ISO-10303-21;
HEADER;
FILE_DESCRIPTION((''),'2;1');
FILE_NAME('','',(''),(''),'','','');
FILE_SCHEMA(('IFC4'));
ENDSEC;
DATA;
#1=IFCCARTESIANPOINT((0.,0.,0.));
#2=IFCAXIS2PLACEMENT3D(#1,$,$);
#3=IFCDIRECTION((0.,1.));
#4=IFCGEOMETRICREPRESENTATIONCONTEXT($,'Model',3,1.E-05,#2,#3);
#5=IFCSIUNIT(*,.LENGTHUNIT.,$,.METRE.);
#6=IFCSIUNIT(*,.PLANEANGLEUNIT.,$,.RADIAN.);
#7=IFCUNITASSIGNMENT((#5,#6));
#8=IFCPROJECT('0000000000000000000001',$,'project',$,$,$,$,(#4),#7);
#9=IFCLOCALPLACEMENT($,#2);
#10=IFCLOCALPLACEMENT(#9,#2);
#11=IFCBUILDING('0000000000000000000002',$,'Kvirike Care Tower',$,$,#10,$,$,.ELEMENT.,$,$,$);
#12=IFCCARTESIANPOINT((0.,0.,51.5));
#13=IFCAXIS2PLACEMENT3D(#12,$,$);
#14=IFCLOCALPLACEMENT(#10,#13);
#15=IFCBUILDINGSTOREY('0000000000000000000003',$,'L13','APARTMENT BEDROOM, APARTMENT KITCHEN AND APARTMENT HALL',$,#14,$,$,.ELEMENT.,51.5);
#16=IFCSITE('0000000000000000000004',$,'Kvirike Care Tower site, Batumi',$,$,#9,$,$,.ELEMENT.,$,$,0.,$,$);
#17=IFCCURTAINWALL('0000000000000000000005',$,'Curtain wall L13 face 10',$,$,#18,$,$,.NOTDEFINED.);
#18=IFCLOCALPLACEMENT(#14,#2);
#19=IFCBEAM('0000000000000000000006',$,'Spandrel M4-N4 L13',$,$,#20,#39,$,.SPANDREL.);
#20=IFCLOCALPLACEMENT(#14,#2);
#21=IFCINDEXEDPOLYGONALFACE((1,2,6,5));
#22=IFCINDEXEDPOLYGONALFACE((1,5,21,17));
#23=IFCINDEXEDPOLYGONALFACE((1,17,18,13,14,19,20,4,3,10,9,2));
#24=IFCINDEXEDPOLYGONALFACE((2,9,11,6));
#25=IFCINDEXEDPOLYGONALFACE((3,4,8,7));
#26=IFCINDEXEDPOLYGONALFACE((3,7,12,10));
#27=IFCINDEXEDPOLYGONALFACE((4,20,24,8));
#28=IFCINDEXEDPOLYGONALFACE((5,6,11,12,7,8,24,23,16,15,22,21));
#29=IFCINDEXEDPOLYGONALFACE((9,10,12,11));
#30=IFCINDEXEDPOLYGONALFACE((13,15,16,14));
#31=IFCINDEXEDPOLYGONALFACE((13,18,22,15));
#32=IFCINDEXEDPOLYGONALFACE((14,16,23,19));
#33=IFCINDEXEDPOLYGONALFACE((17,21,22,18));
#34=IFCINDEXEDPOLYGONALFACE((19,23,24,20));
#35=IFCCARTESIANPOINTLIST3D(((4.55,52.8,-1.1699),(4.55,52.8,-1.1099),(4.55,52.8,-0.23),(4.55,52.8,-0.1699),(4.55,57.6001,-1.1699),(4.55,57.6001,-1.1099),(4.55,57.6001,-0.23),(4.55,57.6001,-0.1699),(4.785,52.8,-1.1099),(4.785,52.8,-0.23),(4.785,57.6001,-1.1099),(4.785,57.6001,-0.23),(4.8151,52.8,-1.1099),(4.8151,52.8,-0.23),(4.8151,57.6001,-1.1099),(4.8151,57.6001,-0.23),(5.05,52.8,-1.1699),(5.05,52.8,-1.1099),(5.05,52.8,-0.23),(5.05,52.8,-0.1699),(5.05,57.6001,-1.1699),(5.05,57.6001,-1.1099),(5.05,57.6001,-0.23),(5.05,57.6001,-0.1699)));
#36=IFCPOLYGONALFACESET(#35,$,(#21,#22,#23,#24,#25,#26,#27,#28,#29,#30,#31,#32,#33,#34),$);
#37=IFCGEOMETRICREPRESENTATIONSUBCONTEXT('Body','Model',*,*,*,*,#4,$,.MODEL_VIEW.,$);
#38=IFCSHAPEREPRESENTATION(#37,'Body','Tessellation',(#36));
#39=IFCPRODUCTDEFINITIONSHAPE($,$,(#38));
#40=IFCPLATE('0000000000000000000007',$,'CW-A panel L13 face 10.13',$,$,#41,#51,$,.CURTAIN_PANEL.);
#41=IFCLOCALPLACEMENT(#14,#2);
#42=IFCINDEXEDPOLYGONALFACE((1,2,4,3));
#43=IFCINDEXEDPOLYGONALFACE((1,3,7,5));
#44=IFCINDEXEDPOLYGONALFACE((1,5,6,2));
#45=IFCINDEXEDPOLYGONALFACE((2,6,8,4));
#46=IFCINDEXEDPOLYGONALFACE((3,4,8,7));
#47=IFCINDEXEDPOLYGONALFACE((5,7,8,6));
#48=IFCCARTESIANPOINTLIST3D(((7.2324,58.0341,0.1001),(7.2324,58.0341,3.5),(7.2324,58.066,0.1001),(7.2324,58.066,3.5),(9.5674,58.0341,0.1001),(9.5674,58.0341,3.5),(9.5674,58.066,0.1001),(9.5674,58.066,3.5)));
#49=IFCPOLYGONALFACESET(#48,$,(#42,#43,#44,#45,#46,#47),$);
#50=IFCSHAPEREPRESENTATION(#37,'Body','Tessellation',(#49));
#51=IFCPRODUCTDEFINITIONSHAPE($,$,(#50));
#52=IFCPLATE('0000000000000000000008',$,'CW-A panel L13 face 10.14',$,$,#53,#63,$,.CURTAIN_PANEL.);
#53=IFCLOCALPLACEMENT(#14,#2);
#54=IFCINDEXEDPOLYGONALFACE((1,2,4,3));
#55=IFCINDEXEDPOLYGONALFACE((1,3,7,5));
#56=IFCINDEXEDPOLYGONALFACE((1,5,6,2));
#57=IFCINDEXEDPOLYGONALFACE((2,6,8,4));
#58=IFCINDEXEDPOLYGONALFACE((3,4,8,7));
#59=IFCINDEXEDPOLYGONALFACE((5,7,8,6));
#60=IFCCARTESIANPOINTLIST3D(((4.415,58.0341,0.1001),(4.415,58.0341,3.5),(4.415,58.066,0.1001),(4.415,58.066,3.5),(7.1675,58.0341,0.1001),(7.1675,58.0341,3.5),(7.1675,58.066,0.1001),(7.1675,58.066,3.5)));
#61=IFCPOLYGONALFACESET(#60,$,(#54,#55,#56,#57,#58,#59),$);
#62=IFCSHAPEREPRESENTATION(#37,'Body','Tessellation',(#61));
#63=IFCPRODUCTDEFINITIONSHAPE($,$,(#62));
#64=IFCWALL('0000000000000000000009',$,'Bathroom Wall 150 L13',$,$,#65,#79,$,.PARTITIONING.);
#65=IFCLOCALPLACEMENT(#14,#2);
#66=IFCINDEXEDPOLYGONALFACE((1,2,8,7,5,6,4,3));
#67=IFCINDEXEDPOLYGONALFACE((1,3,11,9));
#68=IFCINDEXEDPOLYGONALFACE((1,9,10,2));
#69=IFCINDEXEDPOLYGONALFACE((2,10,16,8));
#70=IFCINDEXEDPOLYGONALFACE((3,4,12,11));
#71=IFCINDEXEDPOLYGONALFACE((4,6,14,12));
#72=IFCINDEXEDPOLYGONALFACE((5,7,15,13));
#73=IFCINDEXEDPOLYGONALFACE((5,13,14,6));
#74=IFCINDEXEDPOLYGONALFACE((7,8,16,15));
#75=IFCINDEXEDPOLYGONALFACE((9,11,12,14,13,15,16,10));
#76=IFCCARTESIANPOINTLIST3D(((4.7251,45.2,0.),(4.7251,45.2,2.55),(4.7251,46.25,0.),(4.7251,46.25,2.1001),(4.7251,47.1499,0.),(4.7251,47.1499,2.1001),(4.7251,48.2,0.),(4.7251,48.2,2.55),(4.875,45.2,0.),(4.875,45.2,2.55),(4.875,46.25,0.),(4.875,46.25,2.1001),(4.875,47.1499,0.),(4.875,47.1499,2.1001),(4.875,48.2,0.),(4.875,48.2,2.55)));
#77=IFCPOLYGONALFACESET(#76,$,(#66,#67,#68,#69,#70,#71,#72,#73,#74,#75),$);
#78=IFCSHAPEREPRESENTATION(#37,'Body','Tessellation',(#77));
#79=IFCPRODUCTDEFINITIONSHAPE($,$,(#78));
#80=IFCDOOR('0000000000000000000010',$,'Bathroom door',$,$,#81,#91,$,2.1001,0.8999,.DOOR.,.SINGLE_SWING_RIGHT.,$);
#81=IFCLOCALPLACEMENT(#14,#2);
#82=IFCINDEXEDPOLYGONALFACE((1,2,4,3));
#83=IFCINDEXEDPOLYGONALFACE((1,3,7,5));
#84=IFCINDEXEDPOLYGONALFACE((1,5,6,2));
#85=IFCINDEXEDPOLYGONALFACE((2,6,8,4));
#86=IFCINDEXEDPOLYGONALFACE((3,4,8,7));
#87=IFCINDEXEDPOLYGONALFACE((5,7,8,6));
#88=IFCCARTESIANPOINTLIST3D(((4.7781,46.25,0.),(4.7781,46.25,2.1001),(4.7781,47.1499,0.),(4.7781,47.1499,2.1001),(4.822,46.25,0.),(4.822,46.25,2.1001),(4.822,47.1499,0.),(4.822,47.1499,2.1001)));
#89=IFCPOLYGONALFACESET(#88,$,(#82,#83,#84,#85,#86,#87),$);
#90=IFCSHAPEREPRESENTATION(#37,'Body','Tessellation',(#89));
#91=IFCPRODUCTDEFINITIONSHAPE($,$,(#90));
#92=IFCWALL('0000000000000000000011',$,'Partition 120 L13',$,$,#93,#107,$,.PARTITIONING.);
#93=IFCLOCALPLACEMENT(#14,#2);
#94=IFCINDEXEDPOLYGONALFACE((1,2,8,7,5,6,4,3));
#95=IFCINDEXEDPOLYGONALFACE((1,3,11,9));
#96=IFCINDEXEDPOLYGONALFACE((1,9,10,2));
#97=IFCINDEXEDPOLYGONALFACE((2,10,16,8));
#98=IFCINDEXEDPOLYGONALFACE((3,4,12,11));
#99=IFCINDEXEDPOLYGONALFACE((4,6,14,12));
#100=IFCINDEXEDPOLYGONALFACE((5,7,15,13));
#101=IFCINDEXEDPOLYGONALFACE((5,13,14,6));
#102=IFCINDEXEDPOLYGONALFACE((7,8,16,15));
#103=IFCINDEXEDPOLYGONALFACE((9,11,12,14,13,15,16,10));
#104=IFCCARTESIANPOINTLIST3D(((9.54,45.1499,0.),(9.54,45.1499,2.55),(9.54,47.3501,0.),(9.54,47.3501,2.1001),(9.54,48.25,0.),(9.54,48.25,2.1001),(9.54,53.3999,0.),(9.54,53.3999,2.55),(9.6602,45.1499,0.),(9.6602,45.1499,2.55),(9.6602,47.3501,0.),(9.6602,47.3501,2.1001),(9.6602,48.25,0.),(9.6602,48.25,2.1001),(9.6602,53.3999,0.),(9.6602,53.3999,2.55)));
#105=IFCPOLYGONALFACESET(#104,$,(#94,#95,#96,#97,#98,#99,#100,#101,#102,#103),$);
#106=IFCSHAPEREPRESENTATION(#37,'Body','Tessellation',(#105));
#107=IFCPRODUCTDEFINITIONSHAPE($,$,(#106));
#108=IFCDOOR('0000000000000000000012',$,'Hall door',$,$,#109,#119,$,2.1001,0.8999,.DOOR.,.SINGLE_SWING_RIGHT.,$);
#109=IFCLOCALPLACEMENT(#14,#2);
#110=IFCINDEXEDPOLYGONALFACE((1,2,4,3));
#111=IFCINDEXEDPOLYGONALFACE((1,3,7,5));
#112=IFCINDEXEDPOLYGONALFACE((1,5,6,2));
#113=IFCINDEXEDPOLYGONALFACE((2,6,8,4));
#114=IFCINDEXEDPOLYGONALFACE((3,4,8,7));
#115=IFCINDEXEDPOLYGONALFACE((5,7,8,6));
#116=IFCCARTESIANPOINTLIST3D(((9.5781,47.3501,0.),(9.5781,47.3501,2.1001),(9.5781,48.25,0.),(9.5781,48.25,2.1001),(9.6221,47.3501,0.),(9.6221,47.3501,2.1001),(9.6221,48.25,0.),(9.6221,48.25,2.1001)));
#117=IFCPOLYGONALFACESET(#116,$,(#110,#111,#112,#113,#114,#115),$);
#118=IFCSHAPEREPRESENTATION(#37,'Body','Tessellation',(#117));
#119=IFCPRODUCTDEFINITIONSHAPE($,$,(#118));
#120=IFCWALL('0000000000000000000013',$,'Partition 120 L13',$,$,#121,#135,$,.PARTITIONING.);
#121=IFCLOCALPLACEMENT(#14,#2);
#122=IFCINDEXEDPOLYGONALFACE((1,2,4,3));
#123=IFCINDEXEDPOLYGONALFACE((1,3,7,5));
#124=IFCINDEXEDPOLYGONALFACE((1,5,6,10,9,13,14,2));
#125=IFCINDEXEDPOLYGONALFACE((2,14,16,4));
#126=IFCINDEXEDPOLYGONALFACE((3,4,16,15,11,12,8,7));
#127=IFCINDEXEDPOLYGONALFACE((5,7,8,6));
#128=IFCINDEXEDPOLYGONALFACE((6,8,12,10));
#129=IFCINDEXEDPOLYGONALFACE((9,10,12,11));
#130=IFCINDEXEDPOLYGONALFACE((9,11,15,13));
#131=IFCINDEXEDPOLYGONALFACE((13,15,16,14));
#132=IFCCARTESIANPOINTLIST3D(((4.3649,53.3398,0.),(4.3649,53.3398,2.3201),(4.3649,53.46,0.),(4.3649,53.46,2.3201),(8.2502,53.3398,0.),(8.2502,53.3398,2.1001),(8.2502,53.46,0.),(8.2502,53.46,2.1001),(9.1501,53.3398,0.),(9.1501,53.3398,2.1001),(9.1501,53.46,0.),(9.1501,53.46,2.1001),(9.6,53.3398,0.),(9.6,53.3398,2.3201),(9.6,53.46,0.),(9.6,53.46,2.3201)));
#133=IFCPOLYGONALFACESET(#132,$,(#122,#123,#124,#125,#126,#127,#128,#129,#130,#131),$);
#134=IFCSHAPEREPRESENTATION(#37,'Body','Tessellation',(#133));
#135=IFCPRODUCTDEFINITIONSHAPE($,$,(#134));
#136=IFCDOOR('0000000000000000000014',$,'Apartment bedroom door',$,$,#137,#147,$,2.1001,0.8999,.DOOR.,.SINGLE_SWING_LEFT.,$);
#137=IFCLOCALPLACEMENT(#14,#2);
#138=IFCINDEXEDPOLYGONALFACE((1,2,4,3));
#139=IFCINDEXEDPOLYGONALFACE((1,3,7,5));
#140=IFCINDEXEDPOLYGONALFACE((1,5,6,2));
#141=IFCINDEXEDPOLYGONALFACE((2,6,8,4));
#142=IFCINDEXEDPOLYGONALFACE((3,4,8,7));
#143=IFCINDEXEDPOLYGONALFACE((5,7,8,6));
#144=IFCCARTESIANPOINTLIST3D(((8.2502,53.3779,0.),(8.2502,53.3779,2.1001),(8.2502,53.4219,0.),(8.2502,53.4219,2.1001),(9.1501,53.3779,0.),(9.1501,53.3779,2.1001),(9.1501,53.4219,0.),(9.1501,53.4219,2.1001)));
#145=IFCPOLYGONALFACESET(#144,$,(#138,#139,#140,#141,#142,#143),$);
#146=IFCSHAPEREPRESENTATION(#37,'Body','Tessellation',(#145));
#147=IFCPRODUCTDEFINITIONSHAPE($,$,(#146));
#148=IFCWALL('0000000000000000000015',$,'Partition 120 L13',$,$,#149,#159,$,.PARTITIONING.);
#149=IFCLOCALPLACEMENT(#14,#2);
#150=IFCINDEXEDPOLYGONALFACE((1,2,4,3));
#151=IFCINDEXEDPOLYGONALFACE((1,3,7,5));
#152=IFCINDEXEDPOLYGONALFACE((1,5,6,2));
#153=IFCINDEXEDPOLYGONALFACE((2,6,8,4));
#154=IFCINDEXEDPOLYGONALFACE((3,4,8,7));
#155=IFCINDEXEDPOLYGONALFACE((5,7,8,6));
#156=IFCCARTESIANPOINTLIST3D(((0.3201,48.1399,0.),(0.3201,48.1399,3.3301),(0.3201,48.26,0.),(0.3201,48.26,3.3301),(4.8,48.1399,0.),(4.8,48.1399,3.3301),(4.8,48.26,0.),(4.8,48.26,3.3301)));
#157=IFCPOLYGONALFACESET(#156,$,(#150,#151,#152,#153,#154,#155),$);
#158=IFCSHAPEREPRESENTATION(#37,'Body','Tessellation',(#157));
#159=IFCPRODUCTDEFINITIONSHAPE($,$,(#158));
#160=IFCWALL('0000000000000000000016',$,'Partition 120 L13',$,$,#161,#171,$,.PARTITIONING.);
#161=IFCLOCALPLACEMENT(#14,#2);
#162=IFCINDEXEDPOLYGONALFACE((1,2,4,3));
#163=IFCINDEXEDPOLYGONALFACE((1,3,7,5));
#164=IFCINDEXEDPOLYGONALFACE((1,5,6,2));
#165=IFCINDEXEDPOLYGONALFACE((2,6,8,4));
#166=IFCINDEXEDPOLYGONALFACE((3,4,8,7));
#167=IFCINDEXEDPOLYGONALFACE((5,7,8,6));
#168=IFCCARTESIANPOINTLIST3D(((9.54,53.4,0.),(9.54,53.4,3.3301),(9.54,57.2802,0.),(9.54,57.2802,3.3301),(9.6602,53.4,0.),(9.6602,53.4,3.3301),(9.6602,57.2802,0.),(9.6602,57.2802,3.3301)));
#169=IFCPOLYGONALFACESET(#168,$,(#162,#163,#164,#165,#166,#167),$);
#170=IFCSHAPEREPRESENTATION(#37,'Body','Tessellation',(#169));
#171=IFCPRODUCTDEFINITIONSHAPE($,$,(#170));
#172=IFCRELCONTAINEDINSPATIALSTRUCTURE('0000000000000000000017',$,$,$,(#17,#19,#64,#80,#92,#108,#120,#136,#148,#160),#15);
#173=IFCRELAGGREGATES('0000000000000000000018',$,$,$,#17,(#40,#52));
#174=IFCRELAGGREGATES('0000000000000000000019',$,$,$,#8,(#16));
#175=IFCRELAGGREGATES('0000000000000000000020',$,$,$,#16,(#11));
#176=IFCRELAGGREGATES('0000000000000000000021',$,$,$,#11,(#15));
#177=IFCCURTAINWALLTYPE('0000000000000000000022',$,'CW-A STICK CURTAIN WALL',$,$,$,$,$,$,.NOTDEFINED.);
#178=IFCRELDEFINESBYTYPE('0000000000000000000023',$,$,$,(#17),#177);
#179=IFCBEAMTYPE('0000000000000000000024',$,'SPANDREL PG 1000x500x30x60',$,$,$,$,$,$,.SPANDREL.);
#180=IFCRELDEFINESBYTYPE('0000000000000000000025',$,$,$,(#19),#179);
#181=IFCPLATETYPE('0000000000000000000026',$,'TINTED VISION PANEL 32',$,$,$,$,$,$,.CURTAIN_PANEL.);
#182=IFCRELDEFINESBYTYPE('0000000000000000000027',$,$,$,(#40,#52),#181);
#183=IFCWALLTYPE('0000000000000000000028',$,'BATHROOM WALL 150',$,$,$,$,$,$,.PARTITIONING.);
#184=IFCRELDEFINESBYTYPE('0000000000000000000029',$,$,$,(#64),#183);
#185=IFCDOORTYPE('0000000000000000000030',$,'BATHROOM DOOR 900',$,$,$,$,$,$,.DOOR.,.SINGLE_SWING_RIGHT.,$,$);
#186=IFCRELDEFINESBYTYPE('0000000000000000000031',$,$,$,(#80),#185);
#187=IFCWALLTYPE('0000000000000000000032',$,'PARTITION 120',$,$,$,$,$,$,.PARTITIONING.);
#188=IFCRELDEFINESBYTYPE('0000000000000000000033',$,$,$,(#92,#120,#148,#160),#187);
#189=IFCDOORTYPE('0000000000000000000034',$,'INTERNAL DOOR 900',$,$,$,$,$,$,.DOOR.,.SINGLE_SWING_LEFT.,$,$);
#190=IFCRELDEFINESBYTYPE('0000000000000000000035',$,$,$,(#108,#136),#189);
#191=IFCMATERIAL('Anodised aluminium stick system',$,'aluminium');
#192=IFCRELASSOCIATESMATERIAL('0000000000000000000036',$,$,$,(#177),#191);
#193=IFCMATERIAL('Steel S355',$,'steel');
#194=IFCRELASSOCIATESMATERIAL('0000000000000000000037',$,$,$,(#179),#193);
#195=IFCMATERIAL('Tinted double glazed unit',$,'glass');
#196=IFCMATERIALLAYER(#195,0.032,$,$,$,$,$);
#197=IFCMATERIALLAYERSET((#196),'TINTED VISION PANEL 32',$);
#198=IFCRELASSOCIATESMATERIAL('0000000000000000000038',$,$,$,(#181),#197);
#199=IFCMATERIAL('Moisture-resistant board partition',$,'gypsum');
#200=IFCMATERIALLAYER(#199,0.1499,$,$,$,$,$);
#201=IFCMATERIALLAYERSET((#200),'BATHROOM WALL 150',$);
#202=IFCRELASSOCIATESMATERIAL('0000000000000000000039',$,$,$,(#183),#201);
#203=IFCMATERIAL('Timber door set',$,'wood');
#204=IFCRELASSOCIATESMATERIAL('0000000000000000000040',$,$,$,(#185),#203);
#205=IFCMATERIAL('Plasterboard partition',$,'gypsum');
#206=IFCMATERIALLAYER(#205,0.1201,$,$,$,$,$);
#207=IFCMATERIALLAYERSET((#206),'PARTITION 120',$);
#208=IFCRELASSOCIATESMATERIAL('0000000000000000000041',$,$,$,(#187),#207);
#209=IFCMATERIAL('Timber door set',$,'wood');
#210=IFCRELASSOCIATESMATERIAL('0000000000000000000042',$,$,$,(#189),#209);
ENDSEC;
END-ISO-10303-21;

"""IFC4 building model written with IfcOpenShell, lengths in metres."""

from ifc_helpers import new_model, si_unit, direction, frame, frame_2d, origin, origin_2d, place, context, subcontext, project, spatial, rectangle, i_section, extrude, material, layer, layer_set, material_profile, profile_set, type_object, element, fill, aggregate, save


model = new_model("IFC4")

# Units and contexts
model_context = context("Model", 3, precision=1e-05, world=origin(), true_north=direction((0.0, 1.0)))
body_context = subcontext(model_context, "Body", "Model", "MODEL_VIEW")
ifc_project = project(units=[si_unit("LENGTHUNIT", "METRE"), si_unit("PLANEANGLEUNIT", "RADIAN")], contexts=[model_context])

# Site, building, storey
site_placement = place(None, origin())
site = spatial("IfcSite", under=ifc_project, at=site_placement, Name="Kvirike Care Tower site, Batumi", CompositionType="ELEMENT", RefElevation=0.0)
building_placement = place(site_placement, origin())
building = spatial("IfcBuilding", under=site, at=building_placement, Name="Kvirike Care Tower", CompositionType="ELEMENT")
storey_placement = place(building_placement, frame((0.0, 0.0, 51.5)))
storey = spatial("IfcBuildingStorey", under=building, at=storey_placement, Name="L13", Description="APARTMENT BEDROOM, APARTMENT KITCHEN AND APARTMENT HALL", CompositionType="ELEMENT", Elevation=51.5)

# Curtain wall
ifc_material_1 = material(Name="Anodised aluminium stick system", Category="aluminium")
curtain_wall_type = type_object("IfcCurtainWallType", Name="CW-A STICK CURTAIN WALL", PredefinedType="NOTDEFINED", material=ifc_material_1)
curtain_wall_1_placement = place(storey_placement, origin())
curtain_wall_1 = element("IfcCurtainWall", 1, at=curtain_wall_1_placement, inside=storey, type_object=curtain_wall_type, Name="Curtain wall L13 face 10", PredefinedType="NOTDEFINED")

# Beam
ifc_material_2 = material(Name="Steel S355", Category="steel")
ifc_material_profile_1 = material_profile(ifc_material_2, i_section(OverallWidth=0.5, OverallDepth=1.0, WebThickness=0.03, FlangeThickness=0.0601, at=origin_2d()), Name="PG 1000x500x30x60")
ifc_profile_set_1 = profile_set([ifc_material_profile_1], Name="Steel S355")
beam_type_1 = type_object("IfcBeamType", Name="SPANDREL PG 1000x500x30x60", PredefinedType="SPANDREL", material=ifc_profile_set_1)
for number, where, z_axis, x_axis, name in (
    (2, (4.8, 52.8, -0.6699), (0.0, 1.0, 0.0), (-1.0, 0.0, 0.0), "Spandrel M4-N4 L13"),
):
    element("IfcBeam", number, at=place(storey_placement, frame(where, z_axis=z_axis, x_axis=x_axis)), inside=storey, type_object=beam_type_1, Name=name, PredefinedType="SPANDREL", context=body_context, shape_type="SweptSolid", body=[
        extrude(i_section(OverallWidth=0.5, OverallDepth=1.0, WebThickness=0.03, FlangeThickness=0.0601, at=origin_2d()), origin(), (0.0, 0.0, 1.0), 4.8),
    ])

# Plates
ifc_material_3 = material(Name="Tinted double glazed unit", Category="glass")
ifc_layer_1 = layer(ifc_material_3, 0.032)
ifc_layer_set_1 = layer_set([ifc_layer_1], Name="TINTED VISION PANEL 32")
plate_type = type_object("IfcPlateType", Name="TINTED VISION PANEL 32", PredefinedType="CURTAIN_PANEL", material=ifc_layer_set_1)
plate_1_placement = place(storey_placement, frame((8.3999, 58.05, 0.1001), z_axis=(0.0, 0.0, 1.0), x_axis=(-1.0, 0.0, 0.0)))
plate_1 = element("IfcPlate", 3, at=plate_1_placement, type_object=plate_type, Name="CW-A panel L13 face 10.13", PredefinedType="CURTAIN_PANEL", context=body_context, shape_type="SweptSolid", body=[
    extrude(rectangle(XDim=2.335, YDim=0.032, at=origin_2d()), origin(), (0.0, 0.0, 1.0), 3.3999),
])
plate_2_placement = place(storey_placement, frame((5.7913, 58.05, 0.1001), z_axis=(0.0, 0.0, 1.0), x_axis=(-1.0, 0.0, 0.0)))
plate_2 = element("IfcPlate", 4, at=plate_2_placement, type_object=plate_type, Name="CW-A panel L13 face 10.14", PredefinedType="CURTAIN_PANEL", context=body_context, shape_type="SweptSolid", body=[
    extrude(rectangle(XDim=2.7524, YDim=0.032, at=origin_2d()), origin(), (0.0, 0.0, 1.0), 3.3999),
])
aggregate(curtain_wall_1, [plate_1, plate_2])

# Walls, openings, doors
ifc_material_4 = material(Name="Moisture-resistant board partition", Category="gypsum")
ifc_layer_2 = layer(ifc_material_4, 0.1499)
ifc_layer_set_2 = layer_set([ifc_layer_2], Name="BATHROOM WALL 150")
wall_type_1 = type_object("IfcWallType", Name="BATHROOM WALL 150", PredefinedType="PARTITIONING", material=ifc_layer_set_2)
wall_1_placement = place(storey_placement, frame((4.8, 48.2, 0.0), z_axis=(0.0, 0.0, 1.0), x_axis=(0.0, -1.0, 0.0)))
wall_1 = element("IfcWall", 5, at=wall_1_placement, inside=storey, type_object=wall_type_1, Name="Bathroom Wall 150 L13", PredefinedType="PARTITIONING", context=body_context, shape_type="SweptSolid", body=[
    extrude(rectangle(XDim=3.0, YDim=0.1499, at=frame_2d((1.5, 0.0))), origin(), (0.0, 0.0, 1.0), 2.55),
])
opening_1_placement = place(wall_1_placement, frame((1.05, 0.0, 0.0)))
opening_1 = element("IfcOpeningElement", 6, at=opening_1_placement, cuts=wall_1, PredefinedType="OPENING", context=body_context, shape_type="SweptSolid", body=[
    extrude(rectangle(XDim=0.8999, YDim=2.1001, at=frame_2d((0.45, 1.05))), frame((0.0, 0.0854, 0.0), z_axis=(0.0, -1.0, 0.0), x_axis=(1.0, 0.0, 0.0)), (0.0, 0.0, 1.0), 0.1709),
])
ifc_material_5 = material(Name="Timber door set", Category="wood")
door_type_1 = type_object("IfcDoorType", Name="BATHROOM DOOR 900", OperationType="SINGLE_SWING_RIGHT", PredefinedType="DOOR", material=ifc_material_5)
door_1_placement = place(opening_1_placement, frame((0.8999, 0.0, 0.0), z_axis=(0.0, 0.0, 1.0), x_axis=(-1.0, 0.0, 0.0)))
door_1 = element("IfcDoor", 7, at=door_1_placement, inside=storey, type_object=door_type_1, Name="Bathroom door", OperationType="SINGLE_SWING_RIGHT", OverallHeight=2.1001, OverallWidth=0.8999, PredefinedType="DOOR", context=body_context, shape_type="SweptSolid", body=[
    extrude(rectangle(XDim=0.8999, YDim=2.1001, at=frame_2d((0.45, 1.05))), frame((0.0, 0.022, 0.0), z_axis=(0.0, -1.0, 0.0), x_axis=(1.0, 0.0, 0.0)), (0.0, 0.0, 1.0), 0.0439),
])
fill(opening_1, door_1)
ifc_material_6 = material(Name="Plasterboard partition", Category="gypsum")
ifc_layer_3 = layer(ifc_material_6, 0.1201)
ifc_layer_set_3 = layer_set([ifc_layer_3], Name="PARTITION 120")
wall_type_2 = type_object("IfcWallType", Name="PARTITION 120", PredefinedType="PARTITIONING", material=ifc_layer_set_3)
wall_2_placement = place(storey_placement, frame((9.6001, 53.3999, 0.0), z_axis=(0.0, 0.0, 1.0), x_axis=(0.0, -1.0, 0.0)))
wall_2 = element("IfcWall", 8, at=wall_2_placement, inside=storey, type_object=wall_type_2, Name="Partition 120 L13", PredefinedType="PARTITIONING", context=body_context, shape_type="SweptSolid", body=[
    extrude(rectangle(XDim=8.25, YDim=0.1201, at=frame_2d((4.125, 0.0))), origin(), (0.0, 0.0, 1.0), 2.55),
])
opening_2_placement = place(wall_2_placement, frame((5.1499, 0.0, 0.0)))
opening_2 = element("IfcOpeningElement", 9, at=opening_2_placement, cuts=wall_2, PredefinedType="OPENING", context=body_context, shape_type="SweptSolid", body=[
    extrude(rectangle(XDim=0.8999, YDim=2.1001, at=frame_2d((0.45, 1.05))), frame((0.0, 0.0706, 0.0), z_axis=(0.0, -1.0, 0.0), x_axis=(1.0, 0.0, 0.0)), (0.0, 0.0, 1.0), 0.1411),
])
ifc_material_7 = material(Name="Timber door set", Category="wood")
door_type_2 = type_object("IfcDoorType", Name="INTERNAL DOOR 900", OperationType="SINGLE_SWING_LEFT", PredefinedType="DOOR", material=ifc_material_7)
door_2_placement = place(opening_2_placement, origin())
door_2 = element("IfcDoor", 10, at=door_2_placement, inside=storey, type_object=door_type_2, Name="Hall door", OperationType="SINGLE_SWING_RIGHT", OverallHeight=2.1001, OverallWidth=0.8999, PredefinedType="DOOR", context=body_context, shape_type="SweptSolid", body=[
    extrude(rectangle(XDim=0.8999, YDim=2.1001, at=frame_2d((0.45, 1.05))), frame((0.0, 0.022, 0.0), z_axis=(0.0, -1.0, 0.0), x_axis=(1.0, 0.0, 0.0)), (0.0, 0.0, 1.0), 0.0439),
])
fill(opening_2, door_2)
wall_3_placement = place(storey_placement, frame((9.6001, 53.3999, 0.0), z_axis=(0.0, 0.0, 1.0), x_axis=(-1.0, 0.0, 0.0)))
wall_3 = element("IfcWall", 11, at=wall_3_placement, inside=storey, type_object=wall_type_2, Name="Partition 120 L13", PredefinedType="PARTITIONING", context=body_context, shape_type="SweptSolid", body=[
    extrude(rectangle(XDim=5.2351, YDim=0.1201, at=frame_2d((2.6177, 0.0))), origin(), (0.0, 0.0, 1.0), 2.3201),
])
opening_3_placement = place(wall_3_placement, frame((0.45, 0.0, 0.0)))
opening_3 = element("IfcOpeningElement", 12, at=opening_3_placement, cuts=wall_3, PredefinedType="OPENING", context=body_context, shape_type="SweptSolid", body=[
    extrude(rectangle(XDim=0.8999, YDim=2.1001, at=frame_2d((0.45, 1.05))), frame((0.0, 0.0706, 0.0), z_axis=(0.0, -1.0, 0.0), x_axis=(1.0, 0.0, 0.0)), (0.0, 0.0, 1.0), 0.1411),
])
door_3_placement = place(opening_3_placement, frame((0.8999, 0.0, 0.0), z_axis=(0.0, 0.0, 1.0), x_axis=(-1.0, 0.0, 0.0)))
door_3 = element("IfcDoor", 13, at=door_3_placement, inside=storey, type_object=door_type_2, Name="Apartment bedroom door", OperationType="SINGLE_SWING_LEFT", OverallHeight=2.1001, OverallWidth=0.8999, PredefinedType="DOOR", context=body_context, shape_type="SweptSolid", body=[
    extrude(rectangle(XDim=0.8999, YDim=2.1001, at=frame_2d((0.45, 1.05))), frame((0.0, 0.022, 0.0), z_axis=(0.0, -1.0, 0.0), x_axis=(1.0, 0.0, 0.0)), (0.0, 0.0, 1.0), 0.0439),
])
fill(opening_3, door_3)

# Walls
wall_4_placement = place(storey_placement, frame((4.8, 48.2, 0.0), z_axis=(0.0, 0.0, 1.0), x_axis=(-1.0, 0.0, 0.0)))
element("IfcWall", 14, at=wall_4_placement, inside=storey, type_object=wall_type_2, Name="Partition 120 L13", PredefinedType="PARTITIONING", context=body_context, shape_type="SweptSolid", body=[
    extrude(rectangle(XDim=4.48, YDim=0.1201, at=frame_2d((2.24, 0.0))), origin(), (0.0, 0.0, 1.0), 3.3301),
])
wall_5_placement = place(storey_placement, frame((9.6001, 57.28, 0.0), z_axis=(0.0, 0.0, 1.0), x_axis=(0.0, -1.0, 0.0)))
element("IfcWall", 15, at=wall_5_placement, inside=storey, type_object=wall_type_2, Name="Partition 120 L13", PredefinedType="PARTITIONING", context=body_context, shape_type="SweptSolid", body=[
    extrude(rectangle(XDim=3.8801, YDim=0.1201, at=frame_2d((1.9399, 0.0))), origin(), (0.0, 0.0, 1.0), 3.3301),
])

save(model, "model.ifc")
